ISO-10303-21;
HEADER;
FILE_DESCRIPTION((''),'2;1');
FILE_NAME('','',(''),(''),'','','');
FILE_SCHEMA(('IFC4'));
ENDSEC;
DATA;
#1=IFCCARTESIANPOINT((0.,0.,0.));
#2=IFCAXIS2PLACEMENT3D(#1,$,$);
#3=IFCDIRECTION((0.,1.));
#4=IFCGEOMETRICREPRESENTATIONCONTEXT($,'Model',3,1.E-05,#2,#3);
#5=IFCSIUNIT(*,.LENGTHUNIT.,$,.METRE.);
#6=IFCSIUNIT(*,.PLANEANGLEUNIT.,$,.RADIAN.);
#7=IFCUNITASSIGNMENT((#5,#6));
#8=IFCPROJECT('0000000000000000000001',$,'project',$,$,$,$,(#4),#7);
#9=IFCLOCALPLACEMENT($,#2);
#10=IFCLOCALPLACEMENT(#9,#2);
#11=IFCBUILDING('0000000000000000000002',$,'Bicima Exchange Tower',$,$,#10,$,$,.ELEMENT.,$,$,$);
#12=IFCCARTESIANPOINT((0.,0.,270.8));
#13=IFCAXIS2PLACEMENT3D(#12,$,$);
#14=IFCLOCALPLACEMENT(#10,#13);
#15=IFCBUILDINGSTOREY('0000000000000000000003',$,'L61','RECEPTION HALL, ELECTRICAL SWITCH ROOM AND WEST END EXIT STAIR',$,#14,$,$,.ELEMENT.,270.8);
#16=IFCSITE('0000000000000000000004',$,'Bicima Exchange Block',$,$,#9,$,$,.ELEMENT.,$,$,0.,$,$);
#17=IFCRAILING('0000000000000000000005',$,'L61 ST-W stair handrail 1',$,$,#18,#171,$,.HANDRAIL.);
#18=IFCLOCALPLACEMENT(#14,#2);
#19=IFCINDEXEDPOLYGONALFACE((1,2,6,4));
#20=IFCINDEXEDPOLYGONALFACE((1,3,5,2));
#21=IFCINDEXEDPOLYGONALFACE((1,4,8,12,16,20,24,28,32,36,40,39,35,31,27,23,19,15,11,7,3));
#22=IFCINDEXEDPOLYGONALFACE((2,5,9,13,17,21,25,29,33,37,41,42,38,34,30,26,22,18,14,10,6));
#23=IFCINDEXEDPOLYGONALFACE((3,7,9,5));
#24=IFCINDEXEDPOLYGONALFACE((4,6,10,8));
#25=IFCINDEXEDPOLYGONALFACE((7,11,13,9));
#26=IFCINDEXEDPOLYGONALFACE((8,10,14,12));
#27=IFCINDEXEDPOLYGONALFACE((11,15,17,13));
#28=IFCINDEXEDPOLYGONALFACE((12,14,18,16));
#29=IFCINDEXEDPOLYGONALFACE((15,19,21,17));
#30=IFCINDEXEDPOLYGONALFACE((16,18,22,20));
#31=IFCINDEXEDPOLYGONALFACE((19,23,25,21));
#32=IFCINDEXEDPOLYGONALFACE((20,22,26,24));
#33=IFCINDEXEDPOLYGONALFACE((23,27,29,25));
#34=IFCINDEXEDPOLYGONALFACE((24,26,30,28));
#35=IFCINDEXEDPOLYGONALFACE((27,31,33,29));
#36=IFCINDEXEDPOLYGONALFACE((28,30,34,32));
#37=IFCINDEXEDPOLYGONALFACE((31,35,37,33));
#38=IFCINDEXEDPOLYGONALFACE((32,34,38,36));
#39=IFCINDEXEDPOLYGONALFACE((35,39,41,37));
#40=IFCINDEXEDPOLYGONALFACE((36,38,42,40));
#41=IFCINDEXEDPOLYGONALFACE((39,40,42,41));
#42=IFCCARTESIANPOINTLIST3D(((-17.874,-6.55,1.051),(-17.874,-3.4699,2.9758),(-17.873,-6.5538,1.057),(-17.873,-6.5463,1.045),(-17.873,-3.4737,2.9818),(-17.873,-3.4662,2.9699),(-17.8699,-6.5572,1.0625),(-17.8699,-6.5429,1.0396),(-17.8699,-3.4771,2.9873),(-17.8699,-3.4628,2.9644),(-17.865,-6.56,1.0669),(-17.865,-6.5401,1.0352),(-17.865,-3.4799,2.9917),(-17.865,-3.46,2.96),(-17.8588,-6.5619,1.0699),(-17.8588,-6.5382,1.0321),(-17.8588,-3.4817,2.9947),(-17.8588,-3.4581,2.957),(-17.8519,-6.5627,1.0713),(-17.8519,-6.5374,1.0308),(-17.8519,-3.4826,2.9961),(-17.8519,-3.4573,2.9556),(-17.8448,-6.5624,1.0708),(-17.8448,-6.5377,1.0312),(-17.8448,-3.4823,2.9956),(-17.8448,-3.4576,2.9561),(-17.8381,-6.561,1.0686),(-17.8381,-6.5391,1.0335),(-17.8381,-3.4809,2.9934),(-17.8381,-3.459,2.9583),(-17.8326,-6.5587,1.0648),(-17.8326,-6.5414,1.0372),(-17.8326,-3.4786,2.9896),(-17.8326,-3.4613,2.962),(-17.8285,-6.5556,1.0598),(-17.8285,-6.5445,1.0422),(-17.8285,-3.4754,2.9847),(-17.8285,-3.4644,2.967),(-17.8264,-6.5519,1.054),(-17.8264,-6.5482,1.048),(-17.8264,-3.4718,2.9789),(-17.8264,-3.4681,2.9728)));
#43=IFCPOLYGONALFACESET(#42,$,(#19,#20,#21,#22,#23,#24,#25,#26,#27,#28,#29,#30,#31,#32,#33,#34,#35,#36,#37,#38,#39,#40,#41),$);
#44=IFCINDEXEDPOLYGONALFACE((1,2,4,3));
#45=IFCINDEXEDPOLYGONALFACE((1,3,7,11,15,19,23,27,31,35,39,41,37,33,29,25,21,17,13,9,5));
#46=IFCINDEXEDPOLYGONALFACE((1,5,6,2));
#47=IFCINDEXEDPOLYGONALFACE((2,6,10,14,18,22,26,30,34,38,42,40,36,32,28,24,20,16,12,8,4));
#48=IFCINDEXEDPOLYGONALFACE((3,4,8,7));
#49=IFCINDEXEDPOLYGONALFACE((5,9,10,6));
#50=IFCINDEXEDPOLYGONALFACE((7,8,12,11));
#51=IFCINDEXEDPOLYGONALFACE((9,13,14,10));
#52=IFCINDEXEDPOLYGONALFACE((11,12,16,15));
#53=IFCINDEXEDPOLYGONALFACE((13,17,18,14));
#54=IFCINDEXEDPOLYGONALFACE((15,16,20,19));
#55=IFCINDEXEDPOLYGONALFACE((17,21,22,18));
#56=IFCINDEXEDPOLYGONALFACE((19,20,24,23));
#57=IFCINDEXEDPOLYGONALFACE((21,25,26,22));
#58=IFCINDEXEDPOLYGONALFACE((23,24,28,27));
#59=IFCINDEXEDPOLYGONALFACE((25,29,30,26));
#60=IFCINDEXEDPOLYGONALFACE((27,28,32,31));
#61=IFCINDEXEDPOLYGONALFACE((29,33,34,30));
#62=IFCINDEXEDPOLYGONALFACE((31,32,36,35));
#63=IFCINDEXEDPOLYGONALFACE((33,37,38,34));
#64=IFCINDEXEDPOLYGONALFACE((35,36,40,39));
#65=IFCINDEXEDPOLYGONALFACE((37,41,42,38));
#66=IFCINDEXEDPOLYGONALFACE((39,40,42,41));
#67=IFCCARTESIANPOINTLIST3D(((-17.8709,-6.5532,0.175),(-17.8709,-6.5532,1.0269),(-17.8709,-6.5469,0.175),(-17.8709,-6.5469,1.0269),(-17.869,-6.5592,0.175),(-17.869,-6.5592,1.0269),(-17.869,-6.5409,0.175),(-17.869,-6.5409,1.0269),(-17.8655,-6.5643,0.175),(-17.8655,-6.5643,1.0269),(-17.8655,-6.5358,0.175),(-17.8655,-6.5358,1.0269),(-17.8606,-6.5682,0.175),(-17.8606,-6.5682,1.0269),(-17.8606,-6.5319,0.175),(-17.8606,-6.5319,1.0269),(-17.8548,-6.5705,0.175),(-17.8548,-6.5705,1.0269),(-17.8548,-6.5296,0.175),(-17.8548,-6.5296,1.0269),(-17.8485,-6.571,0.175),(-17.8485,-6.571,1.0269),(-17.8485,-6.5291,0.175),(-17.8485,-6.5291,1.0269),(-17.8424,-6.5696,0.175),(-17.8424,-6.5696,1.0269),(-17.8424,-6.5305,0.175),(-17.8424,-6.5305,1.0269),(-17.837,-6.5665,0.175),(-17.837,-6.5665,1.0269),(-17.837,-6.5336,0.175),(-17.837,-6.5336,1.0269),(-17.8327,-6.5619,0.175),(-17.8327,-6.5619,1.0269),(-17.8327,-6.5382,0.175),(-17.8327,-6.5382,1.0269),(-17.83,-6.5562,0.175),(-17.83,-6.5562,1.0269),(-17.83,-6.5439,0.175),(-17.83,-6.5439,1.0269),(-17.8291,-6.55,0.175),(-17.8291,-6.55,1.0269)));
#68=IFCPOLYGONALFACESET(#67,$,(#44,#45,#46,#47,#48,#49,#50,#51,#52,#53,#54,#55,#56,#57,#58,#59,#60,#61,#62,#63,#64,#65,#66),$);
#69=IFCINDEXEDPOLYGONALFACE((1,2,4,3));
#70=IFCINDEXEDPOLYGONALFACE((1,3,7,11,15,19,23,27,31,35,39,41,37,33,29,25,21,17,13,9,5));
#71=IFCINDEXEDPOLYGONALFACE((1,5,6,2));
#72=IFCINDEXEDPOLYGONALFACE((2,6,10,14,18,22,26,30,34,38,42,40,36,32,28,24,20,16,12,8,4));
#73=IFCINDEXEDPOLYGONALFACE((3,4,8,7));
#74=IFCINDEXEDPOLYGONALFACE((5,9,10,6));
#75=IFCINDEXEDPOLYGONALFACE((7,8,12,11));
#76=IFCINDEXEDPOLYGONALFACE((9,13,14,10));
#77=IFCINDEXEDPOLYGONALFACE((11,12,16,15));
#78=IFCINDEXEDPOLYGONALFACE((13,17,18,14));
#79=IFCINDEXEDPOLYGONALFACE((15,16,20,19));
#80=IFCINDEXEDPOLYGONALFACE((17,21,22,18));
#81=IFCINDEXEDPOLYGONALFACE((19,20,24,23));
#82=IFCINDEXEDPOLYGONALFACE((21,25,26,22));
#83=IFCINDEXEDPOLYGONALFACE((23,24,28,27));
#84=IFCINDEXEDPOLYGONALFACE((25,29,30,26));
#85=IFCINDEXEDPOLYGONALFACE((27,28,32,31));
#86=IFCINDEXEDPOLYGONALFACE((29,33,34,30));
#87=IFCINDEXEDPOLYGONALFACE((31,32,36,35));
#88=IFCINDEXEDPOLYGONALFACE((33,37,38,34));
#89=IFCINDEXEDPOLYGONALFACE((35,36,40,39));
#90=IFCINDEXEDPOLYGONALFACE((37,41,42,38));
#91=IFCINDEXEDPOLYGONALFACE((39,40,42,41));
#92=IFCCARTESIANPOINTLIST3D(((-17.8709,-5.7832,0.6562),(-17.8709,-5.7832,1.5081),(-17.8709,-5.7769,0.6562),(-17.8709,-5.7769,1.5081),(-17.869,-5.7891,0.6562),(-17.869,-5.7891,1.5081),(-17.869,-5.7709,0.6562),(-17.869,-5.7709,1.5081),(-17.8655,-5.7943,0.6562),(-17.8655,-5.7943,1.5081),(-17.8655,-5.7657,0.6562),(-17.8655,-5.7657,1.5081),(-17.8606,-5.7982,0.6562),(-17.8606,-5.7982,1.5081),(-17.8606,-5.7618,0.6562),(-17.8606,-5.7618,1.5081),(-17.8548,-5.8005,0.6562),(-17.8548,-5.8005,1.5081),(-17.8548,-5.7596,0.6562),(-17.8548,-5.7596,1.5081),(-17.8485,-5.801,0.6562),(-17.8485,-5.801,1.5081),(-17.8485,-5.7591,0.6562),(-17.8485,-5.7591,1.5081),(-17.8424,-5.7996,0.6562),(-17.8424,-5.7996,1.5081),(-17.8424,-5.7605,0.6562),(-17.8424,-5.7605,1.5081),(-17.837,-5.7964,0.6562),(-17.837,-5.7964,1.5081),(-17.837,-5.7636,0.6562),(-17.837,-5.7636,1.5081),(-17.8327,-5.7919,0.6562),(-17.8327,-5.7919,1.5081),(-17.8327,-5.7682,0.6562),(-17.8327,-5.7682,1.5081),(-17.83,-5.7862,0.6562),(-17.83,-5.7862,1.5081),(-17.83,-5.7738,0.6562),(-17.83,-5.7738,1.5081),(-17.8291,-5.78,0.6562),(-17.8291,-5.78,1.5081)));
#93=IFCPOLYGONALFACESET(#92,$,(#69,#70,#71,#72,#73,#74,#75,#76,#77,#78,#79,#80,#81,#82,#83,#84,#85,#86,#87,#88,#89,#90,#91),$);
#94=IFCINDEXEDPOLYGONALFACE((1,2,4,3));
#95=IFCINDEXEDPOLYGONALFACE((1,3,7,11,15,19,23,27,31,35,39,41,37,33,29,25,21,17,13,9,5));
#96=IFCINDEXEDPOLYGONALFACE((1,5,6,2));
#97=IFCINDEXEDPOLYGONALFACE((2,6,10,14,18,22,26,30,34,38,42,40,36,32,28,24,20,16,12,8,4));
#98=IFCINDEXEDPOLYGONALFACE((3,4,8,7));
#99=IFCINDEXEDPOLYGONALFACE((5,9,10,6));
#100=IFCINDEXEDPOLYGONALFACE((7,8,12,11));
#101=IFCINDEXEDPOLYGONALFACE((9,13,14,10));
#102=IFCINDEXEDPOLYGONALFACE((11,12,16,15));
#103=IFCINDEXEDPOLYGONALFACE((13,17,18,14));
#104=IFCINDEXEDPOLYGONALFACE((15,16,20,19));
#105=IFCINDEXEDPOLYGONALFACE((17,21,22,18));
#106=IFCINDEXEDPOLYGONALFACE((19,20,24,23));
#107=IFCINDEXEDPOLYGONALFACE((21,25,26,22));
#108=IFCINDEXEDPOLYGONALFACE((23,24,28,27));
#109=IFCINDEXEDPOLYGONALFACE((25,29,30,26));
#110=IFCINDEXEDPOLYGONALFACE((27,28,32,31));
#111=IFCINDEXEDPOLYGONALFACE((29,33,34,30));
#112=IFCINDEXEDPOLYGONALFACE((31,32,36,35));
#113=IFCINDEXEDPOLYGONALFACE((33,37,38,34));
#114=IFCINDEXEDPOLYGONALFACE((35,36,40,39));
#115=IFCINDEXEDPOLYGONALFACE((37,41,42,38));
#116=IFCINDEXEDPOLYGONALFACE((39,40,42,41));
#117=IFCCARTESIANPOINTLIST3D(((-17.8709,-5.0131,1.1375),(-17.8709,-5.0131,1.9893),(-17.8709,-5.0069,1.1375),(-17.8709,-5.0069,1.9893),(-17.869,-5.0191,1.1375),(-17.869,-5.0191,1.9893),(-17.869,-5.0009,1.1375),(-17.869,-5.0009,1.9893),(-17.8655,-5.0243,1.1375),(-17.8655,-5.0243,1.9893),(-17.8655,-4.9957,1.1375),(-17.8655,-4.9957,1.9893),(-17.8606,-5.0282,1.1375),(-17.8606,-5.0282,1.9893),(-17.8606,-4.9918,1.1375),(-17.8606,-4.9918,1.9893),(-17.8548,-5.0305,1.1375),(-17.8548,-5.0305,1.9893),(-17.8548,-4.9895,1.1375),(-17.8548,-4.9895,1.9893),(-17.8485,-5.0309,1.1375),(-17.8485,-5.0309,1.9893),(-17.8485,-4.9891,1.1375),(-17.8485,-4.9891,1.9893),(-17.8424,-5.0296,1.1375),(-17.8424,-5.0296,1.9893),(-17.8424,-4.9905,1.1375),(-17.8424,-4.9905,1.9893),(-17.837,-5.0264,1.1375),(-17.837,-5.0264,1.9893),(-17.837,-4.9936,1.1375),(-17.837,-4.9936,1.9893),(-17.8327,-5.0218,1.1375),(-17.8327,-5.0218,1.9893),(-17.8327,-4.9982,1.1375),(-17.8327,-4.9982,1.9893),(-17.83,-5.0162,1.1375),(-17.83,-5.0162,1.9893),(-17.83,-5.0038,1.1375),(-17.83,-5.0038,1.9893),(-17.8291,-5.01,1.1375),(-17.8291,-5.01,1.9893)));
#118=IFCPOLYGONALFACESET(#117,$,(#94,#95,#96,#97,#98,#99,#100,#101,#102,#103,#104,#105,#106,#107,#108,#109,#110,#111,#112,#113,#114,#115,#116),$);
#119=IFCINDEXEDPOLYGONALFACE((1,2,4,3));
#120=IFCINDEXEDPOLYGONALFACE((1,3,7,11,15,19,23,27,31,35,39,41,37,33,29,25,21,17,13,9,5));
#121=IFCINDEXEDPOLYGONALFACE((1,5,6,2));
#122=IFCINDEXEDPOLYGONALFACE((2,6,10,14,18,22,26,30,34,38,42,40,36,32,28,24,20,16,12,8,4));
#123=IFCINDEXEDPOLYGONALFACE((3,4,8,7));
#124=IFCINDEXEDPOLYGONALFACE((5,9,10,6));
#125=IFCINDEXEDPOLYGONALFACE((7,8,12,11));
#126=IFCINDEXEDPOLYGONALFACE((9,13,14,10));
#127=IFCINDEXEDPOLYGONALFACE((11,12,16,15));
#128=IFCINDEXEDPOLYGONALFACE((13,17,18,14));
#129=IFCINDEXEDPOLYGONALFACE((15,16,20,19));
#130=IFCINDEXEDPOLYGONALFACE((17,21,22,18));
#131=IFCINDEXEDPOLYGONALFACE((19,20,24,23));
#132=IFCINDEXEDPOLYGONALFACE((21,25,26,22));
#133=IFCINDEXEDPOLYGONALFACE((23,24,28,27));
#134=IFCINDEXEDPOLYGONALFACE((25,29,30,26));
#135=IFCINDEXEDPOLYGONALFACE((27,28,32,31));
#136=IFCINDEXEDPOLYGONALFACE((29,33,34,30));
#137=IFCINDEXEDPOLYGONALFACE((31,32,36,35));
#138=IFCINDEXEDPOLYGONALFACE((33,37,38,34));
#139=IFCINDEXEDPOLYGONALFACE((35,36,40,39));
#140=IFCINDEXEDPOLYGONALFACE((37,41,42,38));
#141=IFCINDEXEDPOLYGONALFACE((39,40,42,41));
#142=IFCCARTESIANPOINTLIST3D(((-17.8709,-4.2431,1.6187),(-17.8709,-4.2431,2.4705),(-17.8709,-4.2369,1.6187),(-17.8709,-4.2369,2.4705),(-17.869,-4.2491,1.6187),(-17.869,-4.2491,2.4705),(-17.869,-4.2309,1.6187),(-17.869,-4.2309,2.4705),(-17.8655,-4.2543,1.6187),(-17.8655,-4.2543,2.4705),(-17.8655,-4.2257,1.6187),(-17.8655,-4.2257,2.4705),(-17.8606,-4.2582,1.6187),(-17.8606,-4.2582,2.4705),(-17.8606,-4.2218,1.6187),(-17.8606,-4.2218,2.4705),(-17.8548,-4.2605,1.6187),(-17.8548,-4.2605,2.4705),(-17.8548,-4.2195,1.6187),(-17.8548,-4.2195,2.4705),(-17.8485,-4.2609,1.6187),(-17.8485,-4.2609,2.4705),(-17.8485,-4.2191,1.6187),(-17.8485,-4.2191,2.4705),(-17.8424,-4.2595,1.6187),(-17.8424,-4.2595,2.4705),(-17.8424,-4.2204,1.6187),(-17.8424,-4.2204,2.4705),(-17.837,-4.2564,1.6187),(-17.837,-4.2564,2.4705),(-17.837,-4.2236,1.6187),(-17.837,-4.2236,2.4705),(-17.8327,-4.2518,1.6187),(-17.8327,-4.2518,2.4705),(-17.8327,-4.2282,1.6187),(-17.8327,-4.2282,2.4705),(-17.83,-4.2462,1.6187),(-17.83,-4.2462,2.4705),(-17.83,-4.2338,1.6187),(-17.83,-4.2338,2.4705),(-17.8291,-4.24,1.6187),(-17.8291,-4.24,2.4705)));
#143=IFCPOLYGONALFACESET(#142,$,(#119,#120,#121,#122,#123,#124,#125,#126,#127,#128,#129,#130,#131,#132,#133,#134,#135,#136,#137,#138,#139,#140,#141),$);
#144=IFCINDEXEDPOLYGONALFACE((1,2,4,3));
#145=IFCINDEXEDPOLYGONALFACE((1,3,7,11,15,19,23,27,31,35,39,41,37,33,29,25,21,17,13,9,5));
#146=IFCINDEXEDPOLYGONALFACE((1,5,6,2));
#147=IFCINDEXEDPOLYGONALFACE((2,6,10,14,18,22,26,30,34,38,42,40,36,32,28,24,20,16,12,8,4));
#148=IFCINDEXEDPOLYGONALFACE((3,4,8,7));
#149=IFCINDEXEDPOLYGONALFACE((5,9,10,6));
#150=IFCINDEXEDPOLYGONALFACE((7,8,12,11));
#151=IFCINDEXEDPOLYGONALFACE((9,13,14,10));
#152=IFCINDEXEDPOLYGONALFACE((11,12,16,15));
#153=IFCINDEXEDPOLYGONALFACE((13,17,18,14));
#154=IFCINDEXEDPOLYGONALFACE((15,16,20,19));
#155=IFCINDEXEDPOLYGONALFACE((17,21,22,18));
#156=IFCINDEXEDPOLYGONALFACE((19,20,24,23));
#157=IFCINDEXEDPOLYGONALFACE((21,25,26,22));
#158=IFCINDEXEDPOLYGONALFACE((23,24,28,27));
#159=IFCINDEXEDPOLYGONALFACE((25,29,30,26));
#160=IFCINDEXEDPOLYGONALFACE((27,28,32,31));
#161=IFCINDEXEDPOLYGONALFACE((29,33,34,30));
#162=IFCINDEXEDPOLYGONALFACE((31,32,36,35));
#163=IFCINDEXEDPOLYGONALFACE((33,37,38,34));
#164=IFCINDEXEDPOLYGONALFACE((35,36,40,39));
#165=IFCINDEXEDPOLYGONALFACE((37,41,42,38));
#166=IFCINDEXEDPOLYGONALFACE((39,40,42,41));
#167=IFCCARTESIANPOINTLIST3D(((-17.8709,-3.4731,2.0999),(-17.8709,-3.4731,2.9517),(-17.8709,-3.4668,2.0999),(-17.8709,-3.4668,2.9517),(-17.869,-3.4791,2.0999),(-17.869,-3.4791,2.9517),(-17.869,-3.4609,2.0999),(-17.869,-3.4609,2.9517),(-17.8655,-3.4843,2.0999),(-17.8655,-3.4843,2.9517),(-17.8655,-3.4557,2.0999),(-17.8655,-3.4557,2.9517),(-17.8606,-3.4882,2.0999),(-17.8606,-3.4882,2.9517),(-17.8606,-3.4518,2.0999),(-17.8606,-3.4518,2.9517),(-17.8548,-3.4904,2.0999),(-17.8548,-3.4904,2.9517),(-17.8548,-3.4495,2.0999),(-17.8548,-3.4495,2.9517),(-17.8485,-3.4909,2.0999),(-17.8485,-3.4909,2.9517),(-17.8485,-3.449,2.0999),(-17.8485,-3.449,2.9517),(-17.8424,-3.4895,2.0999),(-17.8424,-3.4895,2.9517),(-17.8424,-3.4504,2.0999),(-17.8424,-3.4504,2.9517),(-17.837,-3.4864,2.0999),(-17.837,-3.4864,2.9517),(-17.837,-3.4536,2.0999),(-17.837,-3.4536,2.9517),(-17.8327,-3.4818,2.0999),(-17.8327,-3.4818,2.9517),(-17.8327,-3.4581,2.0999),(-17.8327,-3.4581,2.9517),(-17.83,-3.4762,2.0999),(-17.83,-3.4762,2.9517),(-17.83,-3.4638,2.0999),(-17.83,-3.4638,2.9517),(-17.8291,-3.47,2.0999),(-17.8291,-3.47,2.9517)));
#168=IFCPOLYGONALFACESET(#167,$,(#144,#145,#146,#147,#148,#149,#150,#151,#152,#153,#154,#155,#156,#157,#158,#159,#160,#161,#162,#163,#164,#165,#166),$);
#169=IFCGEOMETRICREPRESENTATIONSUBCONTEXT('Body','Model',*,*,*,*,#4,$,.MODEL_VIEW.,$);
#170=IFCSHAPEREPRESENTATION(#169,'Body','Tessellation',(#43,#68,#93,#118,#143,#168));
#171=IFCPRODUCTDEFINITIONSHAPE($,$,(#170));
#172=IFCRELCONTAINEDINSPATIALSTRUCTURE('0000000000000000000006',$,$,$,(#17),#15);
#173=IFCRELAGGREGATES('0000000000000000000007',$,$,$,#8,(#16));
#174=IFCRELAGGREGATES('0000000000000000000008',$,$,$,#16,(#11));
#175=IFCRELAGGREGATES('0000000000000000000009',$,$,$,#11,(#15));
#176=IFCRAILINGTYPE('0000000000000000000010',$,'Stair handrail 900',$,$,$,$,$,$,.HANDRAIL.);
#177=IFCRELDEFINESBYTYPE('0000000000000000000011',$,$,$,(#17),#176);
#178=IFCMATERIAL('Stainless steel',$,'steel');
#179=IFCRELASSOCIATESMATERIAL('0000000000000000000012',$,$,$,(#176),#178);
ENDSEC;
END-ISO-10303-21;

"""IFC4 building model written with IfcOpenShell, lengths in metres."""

from ifc_helpers import new_model, si_unit, direction, frame, origin, origin_2d, place, context, subcontext, project, spatial, circle, extrude, material, type_object, element, save


model = new_model("IFC4")

# Units and contexts
model_context = context("Model", 3, precision=1e-05, world=origin(), true_north=direction((0.0, 1.0)))
body_context = subcontext(model_context, "Body", "Model", "MODEL_VIEW")
ifc_project = project(units=[si_unit("LENGTHUNIT", "METRE"), si_unit("PLANEANGLEUNIT", "RADIAN")], contexts=[model_context])

# Site, building, storey
site_placement = place(None, origin())
site = spatial("IfcSite", under=ifc_project, at=site_placement, Name="Bicima Exchange Block", CompositionType="ELEMENT", RefElevation=0.0)
building_placement = place(site_placement, origin())
building = spatial("IfcBuilding", under=site, at=building_placement, Name="Bicima Exchange Tower", CompositionType="ELEMENT")
storey_placement = place(building_placement, frame((0.0, 0.0, 270.8)))
storey = spatial("IfcBuildingStorey", under=building, at=storey_placement, Name="L61", Description="RECEPTION HALL, ELECTRICAL SWITCH ROOM AND WEST END EXIT STAIR", CompositionType="ELEMENT", Elevation=270.8)

# Shared definitions
ifc_material_1 = material(Name="Stainless steel", Category="steel")

# Railing
railing_type_1 = type_object("IfcRailingType", Name="Stair handrail 900", PredefinedType="HANDRAIL", material=ifc_material_1)
railing_1_placement = place(storey_placement, frame((-17.8501, -6.55, 0.175)))
element("IfcRailing", 1, at=railing_1_placement, inside=storey, type_object=railing_type_1, Name="L61 ST-W stair handrail 1", PredefinedType="HANDRAIL", context=body_context, shape_type="SweptSolid", body=[
    extrude(circle(Radius=0.0239, at=origin_2d()), frame((0.0, 0.0, 0.876), z_axis=(0.0, 0.848029, 0.529951), x_axis=(-1.0, 0.0, 0.0)), (0.0, 0.0, 1.0), 3.6321),
    extrude(circle(Radius=0.021, at=origin_2d()), origin(), (0.0, 0.0, 1.0), 0.8518),
    extrude(circle(Radius=0.021, at=origin_2d()), frame((0.0, 0.77, 0.4812)), (0.0, 0.0, 1.0), 0.8518),
    extrude(circle(Radius=0.021, at=origin_2d()), frame((0.0, 1.54, 0.9624)), (0.0, 0.0, 1.0), 0.8518),
    extrude(circle(Radius=0.021, at=origin_2d()), frame((0.0, 2.3101, 1.4436)), (0.0, 0.0, 1.0), 0.8518),
    extrude(circle(Radius=0.021, at=origin_2d()), frame((0.0, 3.0801, 1.9248)), (0.0, 0.0, 1.0), 0.8518),
])

save(model, "model.ifc")
